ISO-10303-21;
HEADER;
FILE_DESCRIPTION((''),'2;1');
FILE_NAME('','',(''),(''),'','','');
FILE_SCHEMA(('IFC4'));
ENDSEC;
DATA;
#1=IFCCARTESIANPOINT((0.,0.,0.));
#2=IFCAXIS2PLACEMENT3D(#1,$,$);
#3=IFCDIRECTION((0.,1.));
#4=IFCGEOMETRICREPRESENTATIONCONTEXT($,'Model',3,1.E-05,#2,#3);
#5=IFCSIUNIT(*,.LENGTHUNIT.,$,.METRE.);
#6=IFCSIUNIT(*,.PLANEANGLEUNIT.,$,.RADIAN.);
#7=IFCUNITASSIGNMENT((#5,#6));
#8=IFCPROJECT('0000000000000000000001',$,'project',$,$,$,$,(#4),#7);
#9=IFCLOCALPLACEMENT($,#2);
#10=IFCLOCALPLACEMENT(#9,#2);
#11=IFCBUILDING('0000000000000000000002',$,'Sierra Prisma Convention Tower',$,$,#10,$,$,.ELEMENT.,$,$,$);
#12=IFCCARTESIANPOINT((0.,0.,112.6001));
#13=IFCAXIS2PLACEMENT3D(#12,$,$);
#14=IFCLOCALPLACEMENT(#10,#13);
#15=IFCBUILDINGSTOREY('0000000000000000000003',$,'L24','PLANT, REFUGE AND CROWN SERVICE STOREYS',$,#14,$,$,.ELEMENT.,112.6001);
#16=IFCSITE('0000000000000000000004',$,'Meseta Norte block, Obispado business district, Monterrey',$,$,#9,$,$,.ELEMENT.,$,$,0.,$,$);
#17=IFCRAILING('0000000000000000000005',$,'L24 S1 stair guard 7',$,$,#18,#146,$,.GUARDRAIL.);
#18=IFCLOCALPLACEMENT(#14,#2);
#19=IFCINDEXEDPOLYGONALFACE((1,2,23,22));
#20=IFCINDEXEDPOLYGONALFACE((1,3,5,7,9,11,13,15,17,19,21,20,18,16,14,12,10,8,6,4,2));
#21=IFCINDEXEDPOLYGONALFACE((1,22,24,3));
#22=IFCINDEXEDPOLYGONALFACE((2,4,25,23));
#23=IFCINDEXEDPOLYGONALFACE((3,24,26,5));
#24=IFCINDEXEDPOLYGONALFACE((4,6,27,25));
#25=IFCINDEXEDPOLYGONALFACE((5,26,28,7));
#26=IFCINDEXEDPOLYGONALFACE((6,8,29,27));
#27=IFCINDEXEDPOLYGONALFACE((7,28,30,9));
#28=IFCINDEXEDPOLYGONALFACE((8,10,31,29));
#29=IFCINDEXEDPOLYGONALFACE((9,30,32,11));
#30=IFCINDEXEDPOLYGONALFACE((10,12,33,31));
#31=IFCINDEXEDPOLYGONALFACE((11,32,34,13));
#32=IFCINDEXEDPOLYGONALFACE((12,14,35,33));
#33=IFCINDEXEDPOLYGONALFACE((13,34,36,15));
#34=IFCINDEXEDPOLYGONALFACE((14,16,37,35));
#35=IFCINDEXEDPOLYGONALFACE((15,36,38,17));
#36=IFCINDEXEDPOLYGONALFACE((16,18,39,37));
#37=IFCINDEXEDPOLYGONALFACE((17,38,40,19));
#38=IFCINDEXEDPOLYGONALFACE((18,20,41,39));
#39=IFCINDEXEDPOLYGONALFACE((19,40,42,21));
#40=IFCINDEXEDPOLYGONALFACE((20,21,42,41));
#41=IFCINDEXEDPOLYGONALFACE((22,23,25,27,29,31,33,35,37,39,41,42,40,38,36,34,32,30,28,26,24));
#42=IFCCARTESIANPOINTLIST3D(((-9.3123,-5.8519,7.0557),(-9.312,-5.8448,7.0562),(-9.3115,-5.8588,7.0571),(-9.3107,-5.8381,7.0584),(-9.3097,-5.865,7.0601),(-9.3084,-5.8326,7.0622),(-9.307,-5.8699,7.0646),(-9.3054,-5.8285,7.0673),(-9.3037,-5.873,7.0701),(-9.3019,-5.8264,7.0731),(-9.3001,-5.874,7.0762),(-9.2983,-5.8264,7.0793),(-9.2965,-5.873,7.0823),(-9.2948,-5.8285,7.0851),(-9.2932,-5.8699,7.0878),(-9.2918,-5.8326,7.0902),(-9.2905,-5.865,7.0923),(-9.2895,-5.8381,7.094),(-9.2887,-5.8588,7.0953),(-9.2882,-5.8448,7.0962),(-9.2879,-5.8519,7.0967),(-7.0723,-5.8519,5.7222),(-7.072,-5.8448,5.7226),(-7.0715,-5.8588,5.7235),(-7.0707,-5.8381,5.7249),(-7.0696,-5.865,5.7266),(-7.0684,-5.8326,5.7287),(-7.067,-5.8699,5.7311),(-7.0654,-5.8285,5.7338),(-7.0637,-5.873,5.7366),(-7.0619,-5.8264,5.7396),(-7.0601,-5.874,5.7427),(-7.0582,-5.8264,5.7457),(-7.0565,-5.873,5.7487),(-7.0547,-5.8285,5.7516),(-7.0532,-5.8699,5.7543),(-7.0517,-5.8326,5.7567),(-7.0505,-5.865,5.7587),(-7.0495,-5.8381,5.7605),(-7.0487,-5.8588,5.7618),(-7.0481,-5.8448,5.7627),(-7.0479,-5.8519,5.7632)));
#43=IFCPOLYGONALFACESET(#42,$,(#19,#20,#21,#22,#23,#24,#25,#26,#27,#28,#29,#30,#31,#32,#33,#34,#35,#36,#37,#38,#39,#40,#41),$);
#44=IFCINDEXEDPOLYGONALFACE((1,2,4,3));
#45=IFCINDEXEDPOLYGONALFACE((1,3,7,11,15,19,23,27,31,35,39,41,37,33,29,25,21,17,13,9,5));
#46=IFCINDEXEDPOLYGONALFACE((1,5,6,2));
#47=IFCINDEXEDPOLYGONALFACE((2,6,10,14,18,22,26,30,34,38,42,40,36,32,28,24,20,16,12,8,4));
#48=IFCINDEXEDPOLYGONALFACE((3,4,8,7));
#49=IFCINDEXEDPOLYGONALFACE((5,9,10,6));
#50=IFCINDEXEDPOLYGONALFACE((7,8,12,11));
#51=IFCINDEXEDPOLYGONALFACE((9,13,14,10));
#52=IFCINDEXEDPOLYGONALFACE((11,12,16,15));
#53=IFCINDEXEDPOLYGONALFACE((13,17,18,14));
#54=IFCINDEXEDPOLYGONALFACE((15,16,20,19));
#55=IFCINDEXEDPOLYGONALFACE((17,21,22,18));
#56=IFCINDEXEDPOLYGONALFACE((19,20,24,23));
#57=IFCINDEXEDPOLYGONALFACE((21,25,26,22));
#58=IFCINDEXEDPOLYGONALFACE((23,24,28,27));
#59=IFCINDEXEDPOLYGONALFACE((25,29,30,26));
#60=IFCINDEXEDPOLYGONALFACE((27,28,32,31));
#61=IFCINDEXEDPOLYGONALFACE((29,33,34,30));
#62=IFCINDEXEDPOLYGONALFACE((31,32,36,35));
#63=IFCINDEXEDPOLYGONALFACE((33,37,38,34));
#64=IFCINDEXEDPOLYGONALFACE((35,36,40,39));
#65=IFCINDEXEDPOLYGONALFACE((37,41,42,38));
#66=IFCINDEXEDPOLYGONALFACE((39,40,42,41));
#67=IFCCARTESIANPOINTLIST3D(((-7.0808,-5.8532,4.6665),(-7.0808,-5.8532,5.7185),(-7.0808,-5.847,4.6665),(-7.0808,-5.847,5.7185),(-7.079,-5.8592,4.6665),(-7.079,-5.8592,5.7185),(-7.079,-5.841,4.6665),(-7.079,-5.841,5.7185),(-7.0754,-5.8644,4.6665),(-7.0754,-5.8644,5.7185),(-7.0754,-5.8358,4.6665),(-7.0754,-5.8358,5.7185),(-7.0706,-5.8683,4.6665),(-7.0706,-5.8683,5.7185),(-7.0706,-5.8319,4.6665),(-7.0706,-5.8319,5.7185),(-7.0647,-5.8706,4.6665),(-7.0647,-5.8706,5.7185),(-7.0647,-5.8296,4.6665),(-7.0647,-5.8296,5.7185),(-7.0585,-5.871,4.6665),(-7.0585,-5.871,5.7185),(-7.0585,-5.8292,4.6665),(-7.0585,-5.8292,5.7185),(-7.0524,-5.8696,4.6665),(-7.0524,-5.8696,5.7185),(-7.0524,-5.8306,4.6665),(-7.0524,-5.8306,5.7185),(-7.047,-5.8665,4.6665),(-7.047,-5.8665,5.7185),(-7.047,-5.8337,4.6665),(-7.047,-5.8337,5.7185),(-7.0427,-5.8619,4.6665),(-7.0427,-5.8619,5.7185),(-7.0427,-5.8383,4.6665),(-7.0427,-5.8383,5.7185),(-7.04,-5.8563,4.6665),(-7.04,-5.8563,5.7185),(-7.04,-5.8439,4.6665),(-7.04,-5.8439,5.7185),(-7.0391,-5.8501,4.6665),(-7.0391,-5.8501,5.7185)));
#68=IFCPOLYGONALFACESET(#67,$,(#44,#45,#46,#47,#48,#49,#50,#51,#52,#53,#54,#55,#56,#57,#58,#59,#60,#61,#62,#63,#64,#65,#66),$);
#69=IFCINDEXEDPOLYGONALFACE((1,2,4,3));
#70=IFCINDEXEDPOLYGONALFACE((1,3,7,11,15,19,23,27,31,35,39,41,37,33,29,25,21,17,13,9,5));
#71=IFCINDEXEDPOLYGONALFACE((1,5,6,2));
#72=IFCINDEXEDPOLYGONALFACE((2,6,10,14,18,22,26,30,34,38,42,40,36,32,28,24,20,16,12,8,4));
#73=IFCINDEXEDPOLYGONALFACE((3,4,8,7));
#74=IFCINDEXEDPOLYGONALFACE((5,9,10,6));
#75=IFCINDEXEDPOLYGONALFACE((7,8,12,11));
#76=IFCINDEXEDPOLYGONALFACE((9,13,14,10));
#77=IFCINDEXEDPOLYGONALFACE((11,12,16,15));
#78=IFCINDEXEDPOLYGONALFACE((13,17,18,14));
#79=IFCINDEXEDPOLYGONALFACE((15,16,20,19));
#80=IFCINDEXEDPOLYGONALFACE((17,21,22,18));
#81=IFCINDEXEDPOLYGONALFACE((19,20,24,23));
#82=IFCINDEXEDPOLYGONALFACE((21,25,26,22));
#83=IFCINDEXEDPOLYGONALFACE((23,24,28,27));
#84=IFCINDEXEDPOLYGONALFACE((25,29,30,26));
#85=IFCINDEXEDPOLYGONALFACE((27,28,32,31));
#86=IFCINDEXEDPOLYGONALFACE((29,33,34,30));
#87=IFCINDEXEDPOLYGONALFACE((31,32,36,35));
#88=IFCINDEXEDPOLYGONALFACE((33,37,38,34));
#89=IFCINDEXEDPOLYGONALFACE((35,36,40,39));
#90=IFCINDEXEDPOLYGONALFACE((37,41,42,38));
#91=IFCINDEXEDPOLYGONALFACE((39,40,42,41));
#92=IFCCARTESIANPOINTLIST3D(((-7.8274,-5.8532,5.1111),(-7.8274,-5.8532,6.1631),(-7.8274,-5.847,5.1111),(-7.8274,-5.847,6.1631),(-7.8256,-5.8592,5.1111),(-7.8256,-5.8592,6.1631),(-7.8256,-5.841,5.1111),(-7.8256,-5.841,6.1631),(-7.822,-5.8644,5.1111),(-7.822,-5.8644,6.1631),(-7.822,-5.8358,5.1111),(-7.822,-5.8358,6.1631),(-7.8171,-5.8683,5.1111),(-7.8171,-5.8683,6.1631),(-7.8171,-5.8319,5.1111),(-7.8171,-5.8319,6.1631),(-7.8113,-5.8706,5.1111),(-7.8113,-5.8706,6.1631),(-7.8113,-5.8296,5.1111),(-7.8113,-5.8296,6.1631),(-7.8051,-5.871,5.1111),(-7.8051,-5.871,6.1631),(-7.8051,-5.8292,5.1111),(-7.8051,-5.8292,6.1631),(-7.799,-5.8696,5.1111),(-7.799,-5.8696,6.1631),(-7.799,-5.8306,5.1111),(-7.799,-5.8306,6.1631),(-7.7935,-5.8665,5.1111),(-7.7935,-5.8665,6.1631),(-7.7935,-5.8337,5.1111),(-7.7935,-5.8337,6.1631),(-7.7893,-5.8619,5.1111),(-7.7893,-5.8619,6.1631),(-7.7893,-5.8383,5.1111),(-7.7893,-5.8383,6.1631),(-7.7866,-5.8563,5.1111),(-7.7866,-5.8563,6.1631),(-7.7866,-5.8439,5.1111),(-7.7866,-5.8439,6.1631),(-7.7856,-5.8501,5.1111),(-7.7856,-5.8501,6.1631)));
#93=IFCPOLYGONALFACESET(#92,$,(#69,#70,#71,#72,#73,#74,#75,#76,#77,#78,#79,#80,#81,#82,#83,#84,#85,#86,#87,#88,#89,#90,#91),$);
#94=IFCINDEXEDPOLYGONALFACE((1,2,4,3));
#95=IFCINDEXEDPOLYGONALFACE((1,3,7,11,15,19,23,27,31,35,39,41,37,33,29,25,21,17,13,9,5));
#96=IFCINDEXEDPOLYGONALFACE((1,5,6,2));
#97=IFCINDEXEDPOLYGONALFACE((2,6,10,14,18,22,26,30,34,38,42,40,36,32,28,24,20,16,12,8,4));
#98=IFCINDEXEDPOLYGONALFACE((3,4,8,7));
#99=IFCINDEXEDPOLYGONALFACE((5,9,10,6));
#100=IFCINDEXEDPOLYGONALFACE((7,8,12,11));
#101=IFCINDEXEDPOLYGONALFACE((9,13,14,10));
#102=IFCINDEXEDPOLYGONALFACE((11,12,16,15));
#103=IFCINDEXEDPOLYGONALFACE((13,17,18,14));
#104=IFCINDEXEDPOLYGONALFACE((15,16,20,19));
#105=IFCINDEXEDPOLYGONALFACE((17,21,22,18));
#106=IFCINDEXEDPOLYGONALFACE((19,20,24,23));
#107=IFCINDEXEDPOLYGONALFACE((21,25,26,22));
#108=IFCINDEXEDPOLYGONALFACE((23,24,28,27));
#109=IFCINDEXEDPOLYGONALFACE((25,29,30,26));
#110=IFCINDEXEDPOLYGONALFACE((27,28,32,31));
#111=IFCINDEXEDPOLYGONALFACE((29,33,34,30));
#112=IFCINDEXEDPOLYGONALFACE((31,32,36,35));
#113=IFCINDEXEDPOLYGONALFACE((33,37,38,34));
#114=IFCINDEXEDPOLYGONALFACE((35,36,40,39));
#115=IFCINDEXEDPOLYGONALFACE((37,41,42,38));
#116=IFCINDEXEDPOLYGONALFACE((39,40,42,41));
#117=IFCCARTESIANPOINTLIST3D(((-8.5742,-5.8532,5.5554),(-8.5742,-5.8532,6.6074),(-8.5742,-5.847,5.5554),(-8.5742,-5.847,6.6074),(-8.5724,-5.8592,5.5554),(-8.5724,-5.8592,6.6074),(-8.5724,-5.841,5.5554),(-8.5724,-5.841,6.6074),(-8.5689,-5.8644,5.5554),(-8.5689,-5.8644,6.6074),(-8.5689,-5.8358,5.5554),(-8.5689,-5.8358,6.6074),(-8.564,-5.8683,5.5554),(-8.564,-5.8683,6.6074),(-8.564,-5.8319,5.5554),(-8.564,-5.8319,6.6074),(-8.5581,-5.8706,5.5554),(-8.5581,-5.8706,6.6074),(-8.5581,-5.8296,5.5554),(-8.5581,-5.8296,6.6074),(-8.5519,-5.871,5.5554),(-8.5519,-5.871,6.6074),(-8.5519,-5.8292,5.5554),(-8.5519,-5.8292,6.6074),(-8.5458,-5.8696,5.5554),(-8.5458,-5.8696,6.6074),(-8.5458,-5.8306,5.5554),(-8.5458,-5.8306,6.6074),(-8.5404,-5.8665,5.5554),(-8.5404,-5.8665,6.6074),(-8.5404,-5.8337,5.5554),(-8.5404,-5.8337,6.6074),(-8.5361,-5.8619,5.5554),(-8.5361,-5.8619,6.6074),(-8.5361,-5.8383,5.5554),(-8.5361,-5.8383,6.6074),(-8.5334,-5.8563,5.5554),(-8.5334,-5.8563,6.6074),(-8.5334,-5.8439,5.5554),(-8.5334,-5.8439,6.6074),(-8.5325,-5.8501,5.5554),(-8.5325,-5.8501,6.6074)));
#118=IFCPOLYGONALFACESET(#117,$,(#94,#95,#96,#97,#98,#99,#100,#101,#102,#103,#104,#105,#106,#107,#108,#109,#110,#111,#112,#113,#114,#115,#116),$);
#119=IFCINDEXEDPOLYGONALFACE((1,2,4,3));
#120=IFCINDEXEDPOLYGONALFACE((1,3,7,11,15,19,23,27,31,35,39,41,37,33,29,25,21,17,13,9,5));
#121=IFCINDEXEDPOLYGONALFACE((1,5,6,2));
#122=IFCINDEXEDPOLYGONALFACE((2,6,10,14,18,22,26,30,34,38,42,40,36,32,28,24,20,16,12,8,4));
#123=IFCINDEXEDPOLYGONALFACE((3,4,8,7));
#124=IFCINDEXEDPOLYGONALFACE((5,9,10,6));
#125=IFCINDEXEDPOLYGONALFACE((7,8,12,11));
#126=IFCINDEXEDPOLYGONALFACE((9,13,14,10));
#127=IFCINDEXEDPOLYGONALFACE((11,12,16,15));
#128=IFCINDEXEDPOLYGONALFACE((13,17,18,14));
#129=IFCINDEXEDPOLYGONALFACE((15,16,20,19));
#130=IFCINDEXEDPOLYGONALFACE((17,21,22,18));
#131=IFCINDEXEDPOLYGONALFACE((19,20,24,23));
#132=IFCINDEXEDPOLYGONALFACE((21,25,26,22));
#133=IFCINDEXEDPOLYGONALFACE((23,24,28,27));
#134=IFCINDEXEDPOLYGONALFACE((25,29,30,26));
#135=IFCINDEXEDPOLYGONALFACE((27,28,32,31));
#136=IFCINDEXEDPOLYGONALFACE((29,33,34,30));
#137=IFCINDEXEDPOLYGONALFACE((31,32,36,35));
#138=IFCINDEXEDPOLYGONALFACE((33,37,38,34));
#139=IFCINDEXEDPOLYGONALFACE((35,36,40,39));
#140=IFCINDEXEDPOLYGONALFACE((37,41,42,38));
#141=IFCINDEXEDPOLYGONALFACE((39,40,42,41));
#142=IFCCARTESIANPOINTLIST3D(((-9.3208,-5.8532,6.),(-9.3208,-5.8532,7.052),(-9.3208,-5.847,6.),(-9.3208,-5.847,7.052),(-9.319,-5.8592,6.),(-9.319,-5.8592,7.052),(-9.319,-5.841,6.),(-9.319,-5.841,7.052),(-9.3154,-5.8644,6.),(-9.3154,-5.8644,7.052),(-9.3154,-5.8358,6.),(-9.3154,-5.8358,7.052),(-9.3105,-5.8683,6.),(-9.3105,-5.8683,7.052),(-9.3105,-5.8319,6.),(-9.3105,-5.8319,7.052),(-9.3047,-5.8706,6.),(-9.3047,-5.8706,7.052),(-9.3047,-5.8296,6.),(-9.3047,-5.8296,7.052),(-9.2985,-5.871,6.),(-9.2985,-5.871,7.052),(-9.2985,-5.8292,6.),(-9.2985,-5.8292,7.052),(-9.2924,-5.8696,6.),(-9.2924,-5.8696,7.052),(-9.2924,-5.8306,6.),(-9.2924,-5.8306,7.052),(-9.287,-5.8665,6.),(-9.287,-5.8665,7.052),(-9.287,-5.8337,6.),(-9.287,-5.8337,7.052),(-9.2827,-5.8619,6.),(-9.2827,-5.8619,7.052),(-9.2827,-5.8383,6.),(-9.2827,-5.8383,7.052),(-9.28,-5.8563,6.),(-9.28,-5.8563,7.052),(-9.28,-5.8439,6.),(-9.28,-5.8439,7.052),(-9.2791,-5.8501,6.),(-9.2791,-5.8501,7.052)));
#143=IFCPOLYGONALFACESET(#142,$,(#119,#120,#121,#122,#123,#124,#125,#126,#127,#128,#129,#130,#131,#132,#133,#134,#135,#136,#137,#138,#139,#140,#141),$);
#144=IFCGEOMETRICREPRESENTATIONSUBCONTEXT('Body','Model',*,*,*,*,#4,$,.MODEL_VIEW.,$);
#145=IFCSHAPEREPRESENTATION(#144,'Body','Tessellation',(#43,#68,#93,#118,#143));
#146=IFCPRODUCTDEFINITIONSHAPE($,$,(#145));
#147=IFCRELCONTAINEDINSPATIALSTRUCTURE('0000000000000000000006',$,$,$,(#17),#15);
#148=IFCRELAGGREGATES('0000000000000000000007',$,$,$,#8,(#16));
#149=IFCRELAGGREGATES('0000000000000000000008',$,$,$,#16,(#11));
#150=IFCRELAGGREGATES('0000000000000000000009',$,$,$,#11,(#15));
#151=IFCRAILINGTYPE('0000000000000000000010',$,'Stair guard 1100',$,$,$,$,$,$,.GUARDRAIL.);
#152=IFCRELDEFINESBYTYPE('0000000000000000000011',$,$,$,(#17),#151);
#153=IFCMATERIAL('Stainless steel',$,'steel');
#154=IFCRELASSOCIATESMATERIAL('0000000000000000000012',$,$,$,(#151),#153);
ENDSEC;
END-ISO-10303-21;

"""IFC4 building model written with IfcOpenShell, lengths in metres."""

from ifc_helpers import new_model, si_unit, direction, frame, origin, origin_2d, place, context, subcontext, project, spatial, circle, extrude, material, type_object, element, save


model = new_model("IFC4")

# Units and contexts
model_context = context("Model", 3, precision=1e-05, world=origin(), true_north=direction((0.0, 1.0)))
body_context = subcontext(model_context, "Body", "Model", "MODEL_VIEW")
ifc_project = project(units=[si_unit("LENGTHUNIT", "METRE"), si_unit("PLANEANGLEUNIT", "RADIAN")], contexts=[model_context])

# Site, building, storey
site_placement = place(None, origin())
site = spatial("IfcSite", under=ifc_project, at=site_placement, Name="Meseta Norte block, Obispado business district, Monterrey", CompositionType="ELEMENT", RefElevation=0.0)
building_placement = place(site_placement, origin())
building = spatial("IfcBuilding", under=site, at=building_placement, Name="Sierra Prisma Convention Tower", CompositionType="ELEMENT")
storey_placement = place(building_placement, frame((0.0, 0.0, 112.6001)))
storey = spatial("IfcBuildingStorey", under=building, at=storey_placement, Name="L24", Description="PLANT, REFUGE AND CROWN SERVICE STOREYS", CompositionType="ELEMENT", Elevation=112.6001)

# Railing
ifc_material_1 = material(Name="Stainless steel", Category="steel")
railing_type_1 = type_object("IfcRailingType", Name="Stair guard 1100", PredefinedType="GUARDRAIL", material=ifc_material_1)
railing_1_placement = place(storey_placement, frame((-7.0601, -5.8501, 4.6665)))
element("IfcRailing", 1, at=railing_1_placement, inside=storey, type_object=railing_type_1, Name="L24 S1 stair guard 7", PredefinedType="GUARDRAIL", context=body_context, shape_type="SweptSolid", body=[
    extrude(circle(Radius=0.0239, at=origin_2d()), frame((0.0, 0.0, 1.0762), z_axis=(-0.859264, 0.0, 0.511532), x_axis=(0.0, -1.0, 0.0)), (0.0, 0.0, 1.0), 2.6069),
    extrude(circle(Radius=0.021, at=origin_2d()), origin(), (0.0, 0.0, 1.0), 1.052),
    extrude(circle(Radius=0.021, at=origin_2d()), frame((-0.7466, 0.0, 0.4446)), (0.0, 0.0, 1.0), 1.052),
    extrude(circle(Radius=0.021, at=origin_2d()), frame((-1.4934, 0.0, 0.8889)), (0.0, 0.0, 1.0), 1.052),
    extrude(circle(Radius=0.021, at=origin_2d()), frame((-2.24, 0.0, 1.3335)), (0.0, 0.0, 1.0), 1.052),
])

save(model, "model.ifc")
